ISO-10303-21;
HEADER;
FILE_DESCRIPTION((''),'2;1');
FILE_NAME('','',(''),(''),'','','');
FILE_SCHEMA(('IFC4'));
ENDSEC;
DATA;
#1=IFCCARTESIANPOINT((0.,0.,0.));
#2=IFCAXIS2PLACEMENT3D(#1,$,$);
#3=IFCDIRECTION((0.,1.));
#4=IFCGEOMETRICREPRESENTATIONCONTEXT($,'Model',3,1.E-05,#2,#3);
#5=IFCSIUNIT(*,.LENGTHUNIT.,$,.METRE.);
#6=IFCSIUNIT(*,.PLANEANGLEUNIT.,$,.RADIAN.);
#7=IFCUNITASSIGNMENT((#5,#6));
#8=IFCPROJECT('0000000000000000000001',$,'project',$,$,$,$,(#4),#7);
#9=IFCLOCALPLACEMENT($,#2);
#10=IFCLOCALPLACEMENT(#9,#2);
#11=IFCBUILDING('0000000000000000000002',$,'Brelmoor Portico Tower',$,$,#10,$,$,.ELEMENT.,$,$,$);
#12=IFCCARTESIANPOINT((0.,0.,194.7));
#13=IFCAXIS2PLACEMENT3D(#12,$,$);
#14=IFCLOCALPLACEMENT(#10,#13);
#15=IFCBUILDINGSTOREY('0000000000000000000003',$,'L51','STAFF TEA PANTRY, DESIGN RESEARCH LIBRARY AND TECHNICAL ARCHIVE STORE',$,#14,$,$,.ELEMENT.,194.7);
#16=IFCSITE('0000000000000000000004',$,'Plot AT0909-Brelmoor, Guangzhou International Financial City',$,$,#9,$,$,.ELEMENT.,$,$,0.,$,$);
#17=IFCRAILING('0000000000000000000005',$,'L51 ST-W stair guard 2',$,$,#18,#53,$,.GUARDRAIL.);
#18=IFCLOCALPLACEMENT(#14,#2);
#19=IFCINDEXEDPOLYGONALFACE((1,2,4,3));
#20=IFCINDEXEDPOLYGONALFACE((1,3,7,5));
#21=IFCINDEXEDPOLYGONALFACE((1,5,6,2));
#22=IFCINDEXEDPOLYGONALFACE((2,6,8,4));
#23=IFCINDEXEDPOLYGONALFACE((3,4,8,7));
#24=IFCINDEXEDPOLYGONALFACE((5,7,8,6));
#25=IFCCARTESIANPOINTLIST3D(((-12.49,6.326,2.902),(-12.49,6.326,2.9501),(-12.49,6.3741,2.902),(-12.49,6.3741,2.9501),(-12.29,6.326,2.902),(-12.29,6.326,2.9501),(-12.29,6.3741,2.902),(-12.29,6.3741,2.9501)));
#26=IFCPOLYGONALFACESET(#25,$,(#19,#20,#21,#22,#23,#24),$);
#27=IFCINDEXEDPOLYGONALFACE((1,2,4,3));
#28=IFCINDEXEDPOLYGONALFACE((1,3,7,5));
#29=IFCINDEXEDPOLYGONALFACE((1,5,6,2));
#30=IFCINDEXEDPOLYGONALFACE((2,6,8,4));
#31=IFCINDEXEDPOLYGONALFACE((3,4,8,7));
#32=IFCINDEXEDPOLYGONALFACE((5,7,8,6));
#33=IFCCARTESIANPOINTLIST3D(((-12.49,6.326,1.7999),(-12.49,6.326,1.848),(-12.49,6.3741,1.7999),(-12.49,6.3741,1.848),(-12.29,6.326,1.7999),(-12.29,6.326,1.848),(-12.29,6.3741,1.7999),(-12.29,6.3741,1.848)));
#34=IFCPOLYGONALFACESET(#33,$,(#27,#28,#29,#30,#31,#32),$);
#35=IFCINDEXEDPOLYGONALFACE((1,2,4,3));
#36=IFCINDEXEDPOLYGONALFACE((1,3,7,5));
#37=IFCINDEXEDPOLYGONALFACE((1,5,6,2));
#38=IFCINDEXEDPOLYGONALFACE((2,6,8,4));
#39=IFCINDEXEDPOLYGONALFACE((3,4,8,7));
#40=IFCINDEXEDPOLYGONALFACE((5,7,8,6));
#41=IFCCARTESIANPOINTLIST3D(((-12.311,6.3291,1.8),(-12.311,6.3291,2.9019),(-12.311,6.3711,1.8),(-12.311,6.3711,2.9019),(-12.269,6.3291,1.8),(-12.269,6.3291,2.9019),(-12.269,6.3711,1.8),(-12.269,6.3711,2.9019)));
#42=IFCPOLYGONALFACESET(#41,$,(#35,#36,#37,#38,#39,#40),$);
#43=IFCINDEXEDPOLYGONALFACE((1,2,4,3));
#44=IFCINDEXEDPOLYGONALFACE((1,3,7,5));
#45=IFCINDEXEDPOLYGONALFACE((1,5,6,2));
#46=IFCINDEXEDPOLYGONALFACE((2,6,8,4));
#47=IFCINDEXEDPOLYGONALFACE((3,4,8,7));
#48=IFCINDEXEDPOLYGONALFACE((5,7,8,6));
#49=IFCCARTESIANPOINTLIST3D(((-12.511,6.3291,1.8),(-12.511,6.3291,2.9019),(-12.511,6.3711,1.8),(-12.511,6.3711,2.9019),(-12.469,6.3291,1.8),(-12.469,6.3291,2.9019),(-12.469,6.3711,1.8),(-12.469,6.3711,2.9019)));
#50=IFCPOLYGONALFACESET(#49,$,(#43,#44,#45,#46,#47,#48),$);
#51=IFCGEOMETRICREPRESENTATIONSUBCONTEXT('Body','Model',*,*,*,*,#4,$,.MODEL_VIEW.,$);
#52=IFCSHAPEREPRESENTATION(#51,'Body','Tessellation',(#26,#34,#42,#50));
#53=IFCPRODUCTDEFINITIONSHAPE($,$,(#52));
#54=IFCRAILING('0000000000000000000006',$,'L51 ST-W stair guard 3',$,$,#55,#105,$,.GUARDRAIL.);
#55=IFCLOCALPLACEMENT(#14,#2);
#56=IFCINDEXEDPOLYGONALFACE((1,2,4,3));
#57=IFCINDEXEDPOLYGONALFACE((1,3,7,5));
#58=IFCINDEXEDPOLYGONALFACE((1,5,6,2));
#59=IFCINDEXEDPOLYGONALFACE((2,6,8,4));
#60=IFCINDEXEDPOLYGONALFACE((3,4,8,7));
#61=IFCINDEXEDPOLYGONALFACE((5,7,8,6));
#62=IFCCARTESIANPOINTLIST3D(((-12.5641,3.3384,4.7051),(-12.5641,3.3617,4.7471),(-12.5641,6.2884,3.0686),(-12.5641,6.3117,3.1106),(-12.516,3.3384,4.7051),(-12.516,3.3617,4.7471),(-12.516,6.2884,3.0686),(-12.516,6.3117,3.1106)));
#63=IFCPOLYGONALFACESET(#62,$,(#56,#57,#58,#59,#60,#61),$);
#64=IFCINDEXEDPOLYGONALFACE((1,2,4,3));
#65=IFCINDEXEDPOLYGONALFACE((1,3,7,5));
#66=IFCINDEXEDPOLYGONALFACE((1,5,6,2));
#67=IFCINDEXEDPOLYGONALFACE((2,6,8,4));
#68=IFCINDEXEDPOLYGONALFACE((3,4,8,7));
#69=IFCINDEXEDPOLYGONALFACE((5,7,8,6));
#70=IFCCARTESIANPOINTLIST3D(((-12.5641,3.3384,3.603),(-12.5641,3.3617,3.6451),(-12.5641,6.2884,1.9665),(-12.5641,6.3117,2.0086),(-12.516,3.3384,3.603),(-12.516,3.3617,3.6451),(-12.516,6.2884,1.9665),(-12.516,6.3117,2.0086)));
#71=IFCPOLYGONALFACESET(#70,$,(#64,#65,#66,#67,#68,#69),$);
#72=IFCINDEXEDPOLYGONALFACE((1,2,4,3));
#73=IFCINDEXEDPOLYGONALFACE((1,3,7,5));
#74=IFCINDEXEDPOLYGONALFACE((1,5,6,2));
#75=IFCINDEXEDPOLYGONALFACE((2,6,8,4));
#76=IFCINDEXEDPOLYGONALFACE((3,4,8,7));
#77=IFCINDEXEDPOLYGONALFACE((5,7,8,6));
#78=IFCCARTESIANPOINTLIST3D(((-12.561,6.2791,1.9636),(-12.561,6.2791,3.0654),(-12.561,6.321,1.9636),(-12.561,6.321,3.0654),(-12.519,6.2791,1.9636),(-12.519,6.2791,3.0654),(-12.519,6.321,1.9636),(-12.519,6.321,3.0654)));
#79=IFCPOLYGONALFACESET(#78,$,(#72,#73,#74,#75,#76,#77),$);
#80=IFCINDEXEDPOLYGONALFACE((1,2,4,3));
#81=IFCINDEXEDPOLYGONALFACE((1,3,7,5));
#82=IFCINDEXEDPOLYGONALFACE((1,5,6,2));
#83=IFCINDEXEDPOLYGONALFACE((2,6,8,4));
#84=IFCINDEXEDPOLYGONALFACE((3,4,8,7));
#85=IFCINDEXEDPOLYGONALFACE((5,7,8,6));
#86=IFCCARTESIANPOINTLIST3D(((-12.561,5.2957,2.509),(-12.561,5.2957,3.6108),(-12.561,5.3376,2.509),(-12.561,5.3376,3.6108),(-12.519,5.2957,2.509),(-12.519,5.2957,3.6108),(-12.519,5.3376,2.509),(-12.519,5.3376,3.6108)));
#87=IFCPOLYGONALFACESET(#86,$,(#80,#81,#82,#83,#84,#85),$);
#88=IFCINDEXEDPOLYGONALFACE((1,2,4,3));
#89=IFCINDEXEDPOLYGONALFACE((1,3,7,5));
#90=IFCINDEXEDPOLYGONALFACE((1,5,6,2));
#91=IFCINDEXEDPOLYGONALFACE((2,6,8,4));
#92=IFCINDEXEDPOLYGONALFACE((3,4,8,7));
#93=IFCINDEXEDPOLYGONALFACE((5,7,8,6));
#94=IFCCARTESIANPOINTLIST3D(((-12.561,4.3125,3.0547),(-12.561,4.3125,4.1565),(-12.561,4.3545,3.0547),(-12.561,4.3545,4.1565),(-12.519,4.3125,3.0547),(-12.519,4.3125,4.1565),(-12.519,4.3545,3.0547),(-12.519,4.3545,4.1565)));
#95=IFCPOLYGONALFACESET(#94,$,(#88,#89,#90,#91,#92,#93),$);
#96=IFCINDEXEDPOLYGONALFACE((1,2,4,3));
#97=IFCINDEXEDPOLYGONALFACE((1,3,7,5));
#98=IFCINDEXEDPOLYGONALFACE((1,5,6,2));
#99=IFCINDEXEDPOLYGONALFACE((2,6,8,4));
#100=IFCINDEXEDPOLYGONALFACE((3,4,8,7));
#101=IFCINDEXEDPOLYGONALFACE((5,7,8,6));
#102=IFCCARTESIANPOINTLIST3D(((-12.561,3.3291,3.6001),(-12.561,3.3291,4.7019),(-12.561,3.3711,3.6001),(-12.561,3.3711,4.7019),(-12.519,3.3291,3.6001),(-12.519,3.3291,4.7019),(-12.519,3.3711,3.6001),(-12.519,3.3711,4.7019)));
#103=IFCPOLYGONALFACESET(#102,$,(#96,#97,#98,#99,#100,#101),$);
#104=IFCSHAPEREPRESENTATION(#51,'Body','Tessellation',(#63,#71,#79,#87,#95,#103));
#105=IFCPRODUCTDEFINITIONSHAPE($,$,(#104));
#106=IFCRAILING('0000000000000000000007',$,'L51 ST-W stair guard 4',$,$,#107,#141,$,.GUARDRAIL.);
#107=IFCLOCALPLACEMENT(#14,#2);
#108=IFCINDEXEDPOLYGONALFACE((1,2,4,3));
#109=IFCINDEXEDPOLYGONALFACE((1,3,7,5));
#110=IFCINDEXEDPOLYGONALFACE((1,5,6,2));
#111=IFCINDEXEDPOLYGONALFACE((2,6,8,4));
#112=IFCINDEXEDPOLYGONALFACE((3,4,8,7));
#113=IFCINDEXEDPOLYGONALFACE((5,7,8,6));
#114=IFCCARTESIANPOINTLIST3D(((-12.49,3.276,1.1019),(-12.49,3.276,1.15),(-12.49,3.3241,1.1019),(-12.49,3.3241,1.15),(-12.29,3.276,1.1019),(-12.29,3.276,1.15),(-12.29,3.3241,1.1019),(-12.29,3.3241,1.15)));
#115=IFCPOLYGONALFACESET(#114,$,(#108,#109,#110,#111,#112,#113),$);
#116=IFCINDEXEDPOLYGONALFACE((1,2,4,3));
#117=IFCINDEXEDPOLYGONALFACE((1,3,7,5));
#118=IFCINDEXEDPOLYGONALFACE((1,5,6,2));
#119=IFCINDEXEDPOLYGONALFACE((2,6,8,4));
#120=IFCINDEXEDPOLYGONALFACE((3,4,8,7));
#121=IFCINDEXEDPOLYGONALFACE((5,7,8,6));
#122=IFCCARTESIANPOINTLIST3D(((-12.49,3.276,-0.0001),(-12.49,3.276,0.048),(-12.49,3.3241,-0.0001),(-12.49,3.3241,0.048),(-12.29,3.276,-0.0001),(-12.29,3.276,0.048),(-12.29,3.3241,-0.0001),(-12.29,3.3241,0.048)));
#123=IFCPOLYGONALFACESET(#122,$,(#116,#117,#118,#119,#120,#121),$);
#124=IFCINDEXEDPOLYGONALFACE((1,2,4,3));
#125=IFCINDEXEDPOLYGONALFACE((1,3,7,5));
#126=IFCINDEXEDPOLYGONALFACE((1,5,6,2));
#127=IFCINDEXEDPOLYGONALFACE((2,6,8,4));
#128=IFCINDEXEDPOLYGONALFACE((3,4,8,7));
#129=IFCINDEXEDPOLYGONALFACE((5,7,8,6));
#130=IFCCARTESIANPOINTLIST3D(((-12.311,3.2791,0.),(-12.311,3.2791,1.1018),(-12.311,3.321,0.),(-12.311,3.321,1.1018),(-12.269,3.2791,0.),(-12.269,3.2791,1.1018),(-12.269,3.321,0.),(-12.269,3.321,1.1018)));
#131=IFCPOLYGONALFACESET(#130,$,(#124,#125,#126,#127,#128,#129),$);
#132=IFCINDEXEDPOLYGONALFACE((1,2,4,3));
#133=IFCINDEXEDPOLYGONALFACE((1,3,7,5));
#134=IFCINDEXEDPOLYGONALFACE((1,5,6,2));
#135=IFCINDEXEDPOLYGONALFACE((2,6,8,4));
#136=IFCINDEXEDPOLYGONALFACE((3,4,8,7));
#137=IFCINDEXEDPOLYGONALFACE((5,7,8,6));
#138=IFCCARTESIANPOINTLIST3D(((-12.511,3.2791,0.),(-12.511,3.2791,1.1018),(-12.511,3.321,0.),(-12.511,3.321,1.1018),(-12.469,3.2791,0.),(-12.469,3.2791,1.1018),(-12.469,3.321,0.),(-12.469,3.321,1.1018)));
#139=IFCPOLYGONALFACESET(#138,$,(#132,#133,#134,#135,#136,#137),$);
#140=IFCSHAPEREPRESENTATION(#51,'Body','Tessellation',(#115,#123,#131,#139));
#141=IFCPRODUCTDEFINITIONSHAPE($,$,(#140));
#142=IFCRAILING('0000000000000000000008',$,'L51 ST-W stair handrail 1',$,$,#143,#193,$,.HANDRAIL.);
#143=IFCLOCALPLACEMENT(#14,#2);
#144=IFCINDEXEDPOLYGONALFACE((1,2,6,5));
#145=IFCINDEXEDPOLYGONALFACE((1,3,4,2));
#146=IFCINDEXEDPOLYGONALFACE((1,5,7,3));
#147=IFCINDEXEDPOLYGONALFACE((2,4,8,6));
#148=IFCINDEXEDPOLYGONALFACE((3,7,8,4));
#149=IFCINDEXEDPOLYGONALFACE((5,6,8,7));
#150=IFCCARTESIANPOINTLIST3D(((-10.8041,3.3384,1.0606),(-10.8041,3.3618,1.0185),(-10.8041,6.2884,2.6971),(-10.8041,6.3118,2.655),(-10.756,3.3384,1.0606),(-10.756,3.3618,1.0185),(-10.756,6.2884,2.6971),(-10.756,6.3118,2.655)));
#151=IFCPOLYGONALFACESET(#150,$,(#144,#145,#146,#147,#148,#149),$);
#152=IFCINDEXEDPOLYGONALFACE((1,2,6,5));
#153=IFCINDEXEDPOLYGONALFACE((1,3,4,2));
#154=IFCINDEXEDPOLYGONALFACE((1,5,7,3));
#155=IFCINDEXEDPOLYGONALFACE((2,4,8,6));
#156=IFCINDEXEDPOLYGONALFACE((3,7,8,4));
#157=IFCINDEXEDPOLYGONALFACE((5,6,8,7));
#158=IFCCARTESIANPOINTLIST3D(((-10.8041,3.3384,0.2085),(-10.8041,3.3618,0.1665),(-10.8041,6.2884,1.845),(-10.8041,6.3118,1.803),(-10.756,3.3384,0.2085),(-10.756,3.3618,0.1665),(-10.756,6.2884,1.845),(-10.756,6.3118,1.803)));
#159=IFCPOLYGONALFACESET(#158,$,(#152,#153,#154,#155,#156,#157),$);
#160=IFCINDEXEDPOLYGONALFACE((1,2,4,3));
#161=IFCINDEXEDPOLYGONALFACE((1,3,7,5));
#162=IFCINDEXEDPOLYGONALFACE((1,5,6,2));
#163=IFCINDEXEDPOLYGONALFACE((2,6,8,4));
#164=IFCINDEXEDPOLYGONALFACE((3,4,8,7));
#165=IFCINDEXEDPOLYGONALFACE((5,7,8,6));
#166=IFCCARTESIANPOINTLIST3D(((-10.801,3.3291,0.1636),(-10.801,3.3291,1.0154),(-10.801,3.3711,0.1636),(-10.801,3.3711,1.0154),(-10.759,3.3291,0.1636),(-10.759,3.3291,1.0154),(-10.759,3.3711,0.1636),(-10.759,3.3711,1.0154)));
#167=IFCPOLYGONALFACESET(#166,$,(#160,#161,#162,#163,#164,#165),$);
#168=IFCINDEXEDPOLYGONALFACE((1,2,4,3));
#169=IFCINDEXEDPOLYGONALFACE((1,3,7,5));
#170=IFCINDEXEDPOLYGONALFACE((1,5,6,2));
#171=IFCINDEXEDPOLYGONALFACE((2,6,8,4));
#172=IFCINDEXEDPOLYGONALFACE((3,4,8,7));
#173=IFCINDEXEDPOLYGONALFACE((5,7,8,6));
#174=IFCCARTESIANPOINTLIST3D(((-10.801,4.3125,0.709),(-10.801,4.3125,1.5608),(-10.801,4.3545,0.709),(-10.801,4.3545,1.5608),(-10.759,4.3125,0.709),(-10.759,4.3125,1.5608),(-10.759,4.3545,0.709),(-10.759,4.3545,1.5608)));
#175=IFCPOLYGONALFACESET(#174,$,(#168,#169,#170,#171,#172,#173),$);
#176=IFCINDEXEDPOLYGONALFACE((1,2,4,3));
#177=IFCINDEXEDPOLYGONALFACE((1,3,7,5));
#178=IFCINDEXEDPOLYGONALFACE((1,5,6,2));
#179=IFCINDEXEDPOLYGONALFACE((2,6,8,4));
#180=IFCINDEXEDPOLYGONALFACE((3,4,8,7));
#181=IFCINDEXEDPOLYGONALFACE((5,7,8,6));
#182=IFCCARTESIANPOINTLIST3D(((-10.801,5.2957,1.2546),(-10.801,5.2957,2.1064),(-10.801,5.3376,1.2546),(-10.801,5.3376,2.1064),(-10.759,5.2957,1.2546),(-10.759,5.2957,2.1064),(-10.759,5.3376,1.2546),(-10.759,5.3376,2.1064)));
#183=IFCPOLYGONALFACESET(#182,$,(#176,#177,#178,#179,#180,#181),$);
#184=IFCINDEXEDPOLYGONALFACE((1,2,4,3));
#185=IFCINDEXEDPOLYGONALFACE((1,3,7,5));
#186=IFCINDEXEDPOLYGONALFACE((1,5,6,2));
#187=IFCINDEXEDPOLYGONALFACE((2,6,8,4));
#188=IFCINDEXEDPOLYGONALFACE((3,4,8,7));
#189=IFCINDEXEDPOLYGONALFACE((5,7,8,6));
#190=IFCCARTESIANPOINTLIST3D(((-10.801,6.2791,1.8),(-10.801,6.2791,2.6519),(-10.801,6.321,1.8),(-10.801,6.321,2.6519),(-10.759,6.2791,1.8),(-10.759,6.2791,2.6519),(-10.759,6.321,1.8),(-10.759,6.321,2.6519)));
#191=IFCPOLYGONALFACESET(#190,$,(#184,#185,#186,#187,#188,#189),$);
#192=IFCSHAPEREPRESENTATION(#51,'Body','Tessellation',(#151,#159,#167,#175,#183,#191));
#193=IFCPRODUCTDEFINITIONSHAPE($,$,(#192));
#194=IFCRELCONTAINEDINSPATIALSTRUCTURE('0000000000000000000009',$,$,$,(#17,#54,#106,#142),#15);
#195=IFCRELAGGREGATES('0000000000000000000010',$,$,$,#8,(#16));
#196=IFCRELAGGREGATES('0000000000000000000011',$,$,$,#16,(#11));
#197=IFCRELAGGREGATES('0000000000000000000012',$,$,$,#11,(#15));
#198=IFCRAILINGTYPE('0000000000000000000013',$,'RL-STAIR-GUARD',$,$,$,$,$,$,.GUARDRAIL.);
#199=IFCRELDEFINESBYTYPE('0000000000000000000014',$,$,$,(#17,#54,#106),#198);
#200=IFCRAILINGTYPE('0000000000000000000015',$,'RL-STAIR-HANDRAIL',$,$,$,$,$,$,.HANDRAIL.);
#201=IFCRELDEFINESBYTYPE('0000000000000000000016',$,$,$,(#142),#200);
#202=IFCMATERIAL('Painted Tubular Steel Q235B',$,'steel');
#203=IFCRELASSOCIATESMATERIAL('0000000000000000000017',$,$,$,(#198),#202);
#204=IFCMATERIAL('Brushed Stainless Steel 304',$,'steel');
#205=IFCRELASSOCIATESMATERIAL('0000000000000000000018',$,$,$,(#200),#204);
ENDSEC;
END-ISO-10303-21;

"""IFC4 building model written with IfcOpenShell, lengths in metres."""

from ifc_helpers import new_model, si_unit, direction, frame, origin, origin_2d, place, context, subcontext, project, spatial, rectangle, extrude, material, type_object, element, save


model = new_model("IFC4")

# Units and contexts
model_context = context("Model", 3, precision=1e-05, world=origin(), true_north=direction((0.0, 1.0)))
body_context = subcontext(model_context, "Body", "Model", "MODEL_VIEW")
ifc_project = project(units=[si_unit("LENGTHUNIT", "METRE"), si_unit("PLANEANGLEUNIT", "RADIAN")], contexts=[model_context])

# Site, building, storey
site_placement = place(None, origin())
site = spatial("IfcSite", under=ifc_project, at=site_placement, Name="Plot AT0909-Brelmoor, Guangzhou International Financial City", CompositionType="ELEMENT", RefElevation=0.0)
building_placement = place(site_placement, origin())
building = spatial("IfcBuilding", under=site, at=building_placement, Name="Brelmoor Portico Tower", CompositionType="ELEMENT")
storey_placement = place(building_placement, frame((0.0, 0.0, 194.7)))
storey = spatial("IfcBuildingStorey", under=building, at=storey_placement, Name="L51", Description="STAFF TEA PANTRY, DESIGN RESEARCH LIBRARY AND TECHNICAL ARCHIVE STORE", CompositionType="ELEMENT", Elevation=194.7)

# Railings
ifc_material_1 = material(Name="Painted Tubular Steel Q235B", Category="steel")
railing_type_1 = type_object("IfcRailingType", Name="RL-STAIR-GUARD", PredefinedType="GUARDRAIL", material=ifc_material_1)
railing_1_placement = place(storey_placement, frame((-12.29, 6.3501, 1.8)))
element("IfcRailing", 1, at=railing_1_placement, inside=storey, type_object=railing_type_1, Name="L51 ST-W stair guard 2", PredefinedType="GUARDRAIL", context=body_context, shape_type="SweptSolid", body=[
    extrude(rectangle(XDim=0.0481, YDim=0.0481, at=origin_2d()), frame((0.0, 0.0, 1.126), z_axis=(-1.0, 0.0, 0.0), x_axis=(0.0, -1.0, 0.0)), (0.0, 0.0, 1.0), 0.2),
    extrude(rectangle(XDim=0.0481, YDim=0.0481, at=origin_2d()), frame((0.0, 0.0, 0.0239), z_axis=(-1.0, 0.0, 0.0), x_axis=(0.0, -1.0, 0.0)), (0.0, 0.0, 1.0), 0.2),
    extrude(rectangle(XDim=0.042, YDim=0.042, at=origin_2d()), origin(), (0.0, 0.0, 1.0), 1.1018),
    extrude(rectangle(XDim=0.042, YDim=0.042, at=origin_2d()), frame((-0.2, 0.0, 0.0)), (0.0, 0.0, 1.0), 1.1018),
])
railing_2_placement = place(storey_placement, frame((-12.54, 6.3, 1.9636)))
element("IfcRailing", 2, at=railing_2_placement, inside=storey, type_object=railing_type_1, Name="L51 ST-W stair guard 3", PredefinedType="GUARDRAIL", context=body_context, shape_type="SweptSolid", body=[
    extrude(rectangle(XDim=0.0481, YDim=0.0481, at=origin_2d()), frame((0.0, 0.0, 1.126), z_axis=(0.0, -0.874458, 0.485102), x_axis=(1.0, 0.0, 0.0)), (0.0, 0.0, 1.0), 3.3735),
    extrude(rectangle(XDim=0.0481, YDim=0.0481, at=origin_2d()), frame((0.0, 0.0, 0.0239), z_axis=(0.0, -0.874458, 0.485102), x_axis=(1.0, 0.0, 0.0)), (0.0, 0.0, 1.0), 3.3735),
    extrude(rectangle(XDim=0.042, YDim=0.042, at=origin_2d()), origin(), (0.0, 0.0, 1.0), 1.1018),
    extrude(rectangle(XDim=0.042, YDim=0.042, at=origin_2d()), frame((0.0, -0.9834, 0.5454)), (0.0, 0.0, 1.0), 1.1018),
    extrude(rectangle(XDim=0.042, YDim=0.042, at=origin_2d()), frame((0.0, -1.9666, 1.0911)), (0.0, 0.0, 1.0), 1.1018),
    extrude(rectangle(XDim=0.042, YDim=0.042, at=origin_2d()), frame((0.0, -2.95, 1.6365)), (0.0, 0.0, 1.0), 1.1018),
])
railing_3_placement = place(storey_placement, frame((-12.29, 3.3, 0.0)))
element("IfcRailing", 3, at=railing_3_placement, inside=storey, type_object=railing_type_1, Name="L51 ST-W stair guard 4", PredefinedType="GUARDRAIL", context=body_context, shape_type="SweptSolid", body=[
    extrude(rectangle(XDim=0.0481, YDim=0.0481, at=origin_2d()), frame((0.0, 0.0, 1.126), z_axis=(-1.0, 0.0, 0.0), x_axis=(0.0, -1.0, 0.0)), (0.0, 0.0, 1.0), 0.2),
    extrude(rectangle(XDim=0.0481, YDim=0.0481, at=origin_2d()), frame((0.0, 0.0, 0.0239), z_axis=(-1.0, 0.0, 0.0), x_axis=(0.0, -1.0, 0.0)), (0.0, 0.0, 1.0), 0.2),
    extrude(rectangle(XDim=0.042, YDim=0.042, at=origin_2d()), origin(), (0.0, 0.0, 1.0), 1.1018),
    extrude(rectangle(XDim=0.042, YDim=0.042, at=origin_2d()), frame((-0.2, 0.0, 0.0)), (0.0, 0.0, 1.0), 1.1018),
])
ifc_material_2 = material(Name="Brushed Stainless Steel 304", Category="steel")
railing_type_2 = type_object("IfcRailingType", Name="RL-STAIR-HANDRAIL", PredefinedType="HANDRAIL", material=ifc_material_2)
railing_4_placement = place(storey_placement, frame((-10.78, 3.3501, 0.1636)))
element("IfcRailing", 4, at=railing_4_placement, inside=storey, type_object=railing_type_2, Name="L51 ST-W stair handrail 1", PredefinedType="HANDRAIL", context=body_context, shape_type="SweptSolid", body=[
    extrude(rectangle(XDim=0.0481, YDim=0.0481, at=origin_2d()), frame((0.0, 0.0, 0.876), z_axis=(0.0, 0.874458, 0.485102), x_axis=(-1.0, 0.0, 0.0)), (0.0, 0.0, 1.0), 3.3735),
    extrude(rectangle(XDim=0.0481, YDim=0.0481, at=origin_2d()), frame((0.0, 0.0, 0.0239), z_axis=(0.0, 0.874458, 0.485102), x_axis=(-1.0, 0.0, 0.0)), (0.0, 0.0, 1.0), 3.3735),
    extrude(rectangle(XDim=0.042, YDim=0.042, at=origin_2d()), origin(), (0.0, 0.0, 1.0), 0.8518),
    extrude(rectangle(XDim=0.042, YDim=0.042, at=origin_2d()), frame((0.0, 0.9834, 0.5454)), (0.0, 0.0, 1.0), 0.8518),
    extrude(rectangle(XDim=0.042, YDim=0.042, at=origin_2d()), frame((0.0, 1.9666, 1.0911)), (0.0, 0.0, 1.0), 0.8518),
    extrude(rectangle(XDim=0.042, YDim=0.042, at=origin_2d()), frame((0.0, 2.95, 1.6365)), (0.0, 0.0, 1.0), 0.8518),
])

save(model, "model.ifc")
